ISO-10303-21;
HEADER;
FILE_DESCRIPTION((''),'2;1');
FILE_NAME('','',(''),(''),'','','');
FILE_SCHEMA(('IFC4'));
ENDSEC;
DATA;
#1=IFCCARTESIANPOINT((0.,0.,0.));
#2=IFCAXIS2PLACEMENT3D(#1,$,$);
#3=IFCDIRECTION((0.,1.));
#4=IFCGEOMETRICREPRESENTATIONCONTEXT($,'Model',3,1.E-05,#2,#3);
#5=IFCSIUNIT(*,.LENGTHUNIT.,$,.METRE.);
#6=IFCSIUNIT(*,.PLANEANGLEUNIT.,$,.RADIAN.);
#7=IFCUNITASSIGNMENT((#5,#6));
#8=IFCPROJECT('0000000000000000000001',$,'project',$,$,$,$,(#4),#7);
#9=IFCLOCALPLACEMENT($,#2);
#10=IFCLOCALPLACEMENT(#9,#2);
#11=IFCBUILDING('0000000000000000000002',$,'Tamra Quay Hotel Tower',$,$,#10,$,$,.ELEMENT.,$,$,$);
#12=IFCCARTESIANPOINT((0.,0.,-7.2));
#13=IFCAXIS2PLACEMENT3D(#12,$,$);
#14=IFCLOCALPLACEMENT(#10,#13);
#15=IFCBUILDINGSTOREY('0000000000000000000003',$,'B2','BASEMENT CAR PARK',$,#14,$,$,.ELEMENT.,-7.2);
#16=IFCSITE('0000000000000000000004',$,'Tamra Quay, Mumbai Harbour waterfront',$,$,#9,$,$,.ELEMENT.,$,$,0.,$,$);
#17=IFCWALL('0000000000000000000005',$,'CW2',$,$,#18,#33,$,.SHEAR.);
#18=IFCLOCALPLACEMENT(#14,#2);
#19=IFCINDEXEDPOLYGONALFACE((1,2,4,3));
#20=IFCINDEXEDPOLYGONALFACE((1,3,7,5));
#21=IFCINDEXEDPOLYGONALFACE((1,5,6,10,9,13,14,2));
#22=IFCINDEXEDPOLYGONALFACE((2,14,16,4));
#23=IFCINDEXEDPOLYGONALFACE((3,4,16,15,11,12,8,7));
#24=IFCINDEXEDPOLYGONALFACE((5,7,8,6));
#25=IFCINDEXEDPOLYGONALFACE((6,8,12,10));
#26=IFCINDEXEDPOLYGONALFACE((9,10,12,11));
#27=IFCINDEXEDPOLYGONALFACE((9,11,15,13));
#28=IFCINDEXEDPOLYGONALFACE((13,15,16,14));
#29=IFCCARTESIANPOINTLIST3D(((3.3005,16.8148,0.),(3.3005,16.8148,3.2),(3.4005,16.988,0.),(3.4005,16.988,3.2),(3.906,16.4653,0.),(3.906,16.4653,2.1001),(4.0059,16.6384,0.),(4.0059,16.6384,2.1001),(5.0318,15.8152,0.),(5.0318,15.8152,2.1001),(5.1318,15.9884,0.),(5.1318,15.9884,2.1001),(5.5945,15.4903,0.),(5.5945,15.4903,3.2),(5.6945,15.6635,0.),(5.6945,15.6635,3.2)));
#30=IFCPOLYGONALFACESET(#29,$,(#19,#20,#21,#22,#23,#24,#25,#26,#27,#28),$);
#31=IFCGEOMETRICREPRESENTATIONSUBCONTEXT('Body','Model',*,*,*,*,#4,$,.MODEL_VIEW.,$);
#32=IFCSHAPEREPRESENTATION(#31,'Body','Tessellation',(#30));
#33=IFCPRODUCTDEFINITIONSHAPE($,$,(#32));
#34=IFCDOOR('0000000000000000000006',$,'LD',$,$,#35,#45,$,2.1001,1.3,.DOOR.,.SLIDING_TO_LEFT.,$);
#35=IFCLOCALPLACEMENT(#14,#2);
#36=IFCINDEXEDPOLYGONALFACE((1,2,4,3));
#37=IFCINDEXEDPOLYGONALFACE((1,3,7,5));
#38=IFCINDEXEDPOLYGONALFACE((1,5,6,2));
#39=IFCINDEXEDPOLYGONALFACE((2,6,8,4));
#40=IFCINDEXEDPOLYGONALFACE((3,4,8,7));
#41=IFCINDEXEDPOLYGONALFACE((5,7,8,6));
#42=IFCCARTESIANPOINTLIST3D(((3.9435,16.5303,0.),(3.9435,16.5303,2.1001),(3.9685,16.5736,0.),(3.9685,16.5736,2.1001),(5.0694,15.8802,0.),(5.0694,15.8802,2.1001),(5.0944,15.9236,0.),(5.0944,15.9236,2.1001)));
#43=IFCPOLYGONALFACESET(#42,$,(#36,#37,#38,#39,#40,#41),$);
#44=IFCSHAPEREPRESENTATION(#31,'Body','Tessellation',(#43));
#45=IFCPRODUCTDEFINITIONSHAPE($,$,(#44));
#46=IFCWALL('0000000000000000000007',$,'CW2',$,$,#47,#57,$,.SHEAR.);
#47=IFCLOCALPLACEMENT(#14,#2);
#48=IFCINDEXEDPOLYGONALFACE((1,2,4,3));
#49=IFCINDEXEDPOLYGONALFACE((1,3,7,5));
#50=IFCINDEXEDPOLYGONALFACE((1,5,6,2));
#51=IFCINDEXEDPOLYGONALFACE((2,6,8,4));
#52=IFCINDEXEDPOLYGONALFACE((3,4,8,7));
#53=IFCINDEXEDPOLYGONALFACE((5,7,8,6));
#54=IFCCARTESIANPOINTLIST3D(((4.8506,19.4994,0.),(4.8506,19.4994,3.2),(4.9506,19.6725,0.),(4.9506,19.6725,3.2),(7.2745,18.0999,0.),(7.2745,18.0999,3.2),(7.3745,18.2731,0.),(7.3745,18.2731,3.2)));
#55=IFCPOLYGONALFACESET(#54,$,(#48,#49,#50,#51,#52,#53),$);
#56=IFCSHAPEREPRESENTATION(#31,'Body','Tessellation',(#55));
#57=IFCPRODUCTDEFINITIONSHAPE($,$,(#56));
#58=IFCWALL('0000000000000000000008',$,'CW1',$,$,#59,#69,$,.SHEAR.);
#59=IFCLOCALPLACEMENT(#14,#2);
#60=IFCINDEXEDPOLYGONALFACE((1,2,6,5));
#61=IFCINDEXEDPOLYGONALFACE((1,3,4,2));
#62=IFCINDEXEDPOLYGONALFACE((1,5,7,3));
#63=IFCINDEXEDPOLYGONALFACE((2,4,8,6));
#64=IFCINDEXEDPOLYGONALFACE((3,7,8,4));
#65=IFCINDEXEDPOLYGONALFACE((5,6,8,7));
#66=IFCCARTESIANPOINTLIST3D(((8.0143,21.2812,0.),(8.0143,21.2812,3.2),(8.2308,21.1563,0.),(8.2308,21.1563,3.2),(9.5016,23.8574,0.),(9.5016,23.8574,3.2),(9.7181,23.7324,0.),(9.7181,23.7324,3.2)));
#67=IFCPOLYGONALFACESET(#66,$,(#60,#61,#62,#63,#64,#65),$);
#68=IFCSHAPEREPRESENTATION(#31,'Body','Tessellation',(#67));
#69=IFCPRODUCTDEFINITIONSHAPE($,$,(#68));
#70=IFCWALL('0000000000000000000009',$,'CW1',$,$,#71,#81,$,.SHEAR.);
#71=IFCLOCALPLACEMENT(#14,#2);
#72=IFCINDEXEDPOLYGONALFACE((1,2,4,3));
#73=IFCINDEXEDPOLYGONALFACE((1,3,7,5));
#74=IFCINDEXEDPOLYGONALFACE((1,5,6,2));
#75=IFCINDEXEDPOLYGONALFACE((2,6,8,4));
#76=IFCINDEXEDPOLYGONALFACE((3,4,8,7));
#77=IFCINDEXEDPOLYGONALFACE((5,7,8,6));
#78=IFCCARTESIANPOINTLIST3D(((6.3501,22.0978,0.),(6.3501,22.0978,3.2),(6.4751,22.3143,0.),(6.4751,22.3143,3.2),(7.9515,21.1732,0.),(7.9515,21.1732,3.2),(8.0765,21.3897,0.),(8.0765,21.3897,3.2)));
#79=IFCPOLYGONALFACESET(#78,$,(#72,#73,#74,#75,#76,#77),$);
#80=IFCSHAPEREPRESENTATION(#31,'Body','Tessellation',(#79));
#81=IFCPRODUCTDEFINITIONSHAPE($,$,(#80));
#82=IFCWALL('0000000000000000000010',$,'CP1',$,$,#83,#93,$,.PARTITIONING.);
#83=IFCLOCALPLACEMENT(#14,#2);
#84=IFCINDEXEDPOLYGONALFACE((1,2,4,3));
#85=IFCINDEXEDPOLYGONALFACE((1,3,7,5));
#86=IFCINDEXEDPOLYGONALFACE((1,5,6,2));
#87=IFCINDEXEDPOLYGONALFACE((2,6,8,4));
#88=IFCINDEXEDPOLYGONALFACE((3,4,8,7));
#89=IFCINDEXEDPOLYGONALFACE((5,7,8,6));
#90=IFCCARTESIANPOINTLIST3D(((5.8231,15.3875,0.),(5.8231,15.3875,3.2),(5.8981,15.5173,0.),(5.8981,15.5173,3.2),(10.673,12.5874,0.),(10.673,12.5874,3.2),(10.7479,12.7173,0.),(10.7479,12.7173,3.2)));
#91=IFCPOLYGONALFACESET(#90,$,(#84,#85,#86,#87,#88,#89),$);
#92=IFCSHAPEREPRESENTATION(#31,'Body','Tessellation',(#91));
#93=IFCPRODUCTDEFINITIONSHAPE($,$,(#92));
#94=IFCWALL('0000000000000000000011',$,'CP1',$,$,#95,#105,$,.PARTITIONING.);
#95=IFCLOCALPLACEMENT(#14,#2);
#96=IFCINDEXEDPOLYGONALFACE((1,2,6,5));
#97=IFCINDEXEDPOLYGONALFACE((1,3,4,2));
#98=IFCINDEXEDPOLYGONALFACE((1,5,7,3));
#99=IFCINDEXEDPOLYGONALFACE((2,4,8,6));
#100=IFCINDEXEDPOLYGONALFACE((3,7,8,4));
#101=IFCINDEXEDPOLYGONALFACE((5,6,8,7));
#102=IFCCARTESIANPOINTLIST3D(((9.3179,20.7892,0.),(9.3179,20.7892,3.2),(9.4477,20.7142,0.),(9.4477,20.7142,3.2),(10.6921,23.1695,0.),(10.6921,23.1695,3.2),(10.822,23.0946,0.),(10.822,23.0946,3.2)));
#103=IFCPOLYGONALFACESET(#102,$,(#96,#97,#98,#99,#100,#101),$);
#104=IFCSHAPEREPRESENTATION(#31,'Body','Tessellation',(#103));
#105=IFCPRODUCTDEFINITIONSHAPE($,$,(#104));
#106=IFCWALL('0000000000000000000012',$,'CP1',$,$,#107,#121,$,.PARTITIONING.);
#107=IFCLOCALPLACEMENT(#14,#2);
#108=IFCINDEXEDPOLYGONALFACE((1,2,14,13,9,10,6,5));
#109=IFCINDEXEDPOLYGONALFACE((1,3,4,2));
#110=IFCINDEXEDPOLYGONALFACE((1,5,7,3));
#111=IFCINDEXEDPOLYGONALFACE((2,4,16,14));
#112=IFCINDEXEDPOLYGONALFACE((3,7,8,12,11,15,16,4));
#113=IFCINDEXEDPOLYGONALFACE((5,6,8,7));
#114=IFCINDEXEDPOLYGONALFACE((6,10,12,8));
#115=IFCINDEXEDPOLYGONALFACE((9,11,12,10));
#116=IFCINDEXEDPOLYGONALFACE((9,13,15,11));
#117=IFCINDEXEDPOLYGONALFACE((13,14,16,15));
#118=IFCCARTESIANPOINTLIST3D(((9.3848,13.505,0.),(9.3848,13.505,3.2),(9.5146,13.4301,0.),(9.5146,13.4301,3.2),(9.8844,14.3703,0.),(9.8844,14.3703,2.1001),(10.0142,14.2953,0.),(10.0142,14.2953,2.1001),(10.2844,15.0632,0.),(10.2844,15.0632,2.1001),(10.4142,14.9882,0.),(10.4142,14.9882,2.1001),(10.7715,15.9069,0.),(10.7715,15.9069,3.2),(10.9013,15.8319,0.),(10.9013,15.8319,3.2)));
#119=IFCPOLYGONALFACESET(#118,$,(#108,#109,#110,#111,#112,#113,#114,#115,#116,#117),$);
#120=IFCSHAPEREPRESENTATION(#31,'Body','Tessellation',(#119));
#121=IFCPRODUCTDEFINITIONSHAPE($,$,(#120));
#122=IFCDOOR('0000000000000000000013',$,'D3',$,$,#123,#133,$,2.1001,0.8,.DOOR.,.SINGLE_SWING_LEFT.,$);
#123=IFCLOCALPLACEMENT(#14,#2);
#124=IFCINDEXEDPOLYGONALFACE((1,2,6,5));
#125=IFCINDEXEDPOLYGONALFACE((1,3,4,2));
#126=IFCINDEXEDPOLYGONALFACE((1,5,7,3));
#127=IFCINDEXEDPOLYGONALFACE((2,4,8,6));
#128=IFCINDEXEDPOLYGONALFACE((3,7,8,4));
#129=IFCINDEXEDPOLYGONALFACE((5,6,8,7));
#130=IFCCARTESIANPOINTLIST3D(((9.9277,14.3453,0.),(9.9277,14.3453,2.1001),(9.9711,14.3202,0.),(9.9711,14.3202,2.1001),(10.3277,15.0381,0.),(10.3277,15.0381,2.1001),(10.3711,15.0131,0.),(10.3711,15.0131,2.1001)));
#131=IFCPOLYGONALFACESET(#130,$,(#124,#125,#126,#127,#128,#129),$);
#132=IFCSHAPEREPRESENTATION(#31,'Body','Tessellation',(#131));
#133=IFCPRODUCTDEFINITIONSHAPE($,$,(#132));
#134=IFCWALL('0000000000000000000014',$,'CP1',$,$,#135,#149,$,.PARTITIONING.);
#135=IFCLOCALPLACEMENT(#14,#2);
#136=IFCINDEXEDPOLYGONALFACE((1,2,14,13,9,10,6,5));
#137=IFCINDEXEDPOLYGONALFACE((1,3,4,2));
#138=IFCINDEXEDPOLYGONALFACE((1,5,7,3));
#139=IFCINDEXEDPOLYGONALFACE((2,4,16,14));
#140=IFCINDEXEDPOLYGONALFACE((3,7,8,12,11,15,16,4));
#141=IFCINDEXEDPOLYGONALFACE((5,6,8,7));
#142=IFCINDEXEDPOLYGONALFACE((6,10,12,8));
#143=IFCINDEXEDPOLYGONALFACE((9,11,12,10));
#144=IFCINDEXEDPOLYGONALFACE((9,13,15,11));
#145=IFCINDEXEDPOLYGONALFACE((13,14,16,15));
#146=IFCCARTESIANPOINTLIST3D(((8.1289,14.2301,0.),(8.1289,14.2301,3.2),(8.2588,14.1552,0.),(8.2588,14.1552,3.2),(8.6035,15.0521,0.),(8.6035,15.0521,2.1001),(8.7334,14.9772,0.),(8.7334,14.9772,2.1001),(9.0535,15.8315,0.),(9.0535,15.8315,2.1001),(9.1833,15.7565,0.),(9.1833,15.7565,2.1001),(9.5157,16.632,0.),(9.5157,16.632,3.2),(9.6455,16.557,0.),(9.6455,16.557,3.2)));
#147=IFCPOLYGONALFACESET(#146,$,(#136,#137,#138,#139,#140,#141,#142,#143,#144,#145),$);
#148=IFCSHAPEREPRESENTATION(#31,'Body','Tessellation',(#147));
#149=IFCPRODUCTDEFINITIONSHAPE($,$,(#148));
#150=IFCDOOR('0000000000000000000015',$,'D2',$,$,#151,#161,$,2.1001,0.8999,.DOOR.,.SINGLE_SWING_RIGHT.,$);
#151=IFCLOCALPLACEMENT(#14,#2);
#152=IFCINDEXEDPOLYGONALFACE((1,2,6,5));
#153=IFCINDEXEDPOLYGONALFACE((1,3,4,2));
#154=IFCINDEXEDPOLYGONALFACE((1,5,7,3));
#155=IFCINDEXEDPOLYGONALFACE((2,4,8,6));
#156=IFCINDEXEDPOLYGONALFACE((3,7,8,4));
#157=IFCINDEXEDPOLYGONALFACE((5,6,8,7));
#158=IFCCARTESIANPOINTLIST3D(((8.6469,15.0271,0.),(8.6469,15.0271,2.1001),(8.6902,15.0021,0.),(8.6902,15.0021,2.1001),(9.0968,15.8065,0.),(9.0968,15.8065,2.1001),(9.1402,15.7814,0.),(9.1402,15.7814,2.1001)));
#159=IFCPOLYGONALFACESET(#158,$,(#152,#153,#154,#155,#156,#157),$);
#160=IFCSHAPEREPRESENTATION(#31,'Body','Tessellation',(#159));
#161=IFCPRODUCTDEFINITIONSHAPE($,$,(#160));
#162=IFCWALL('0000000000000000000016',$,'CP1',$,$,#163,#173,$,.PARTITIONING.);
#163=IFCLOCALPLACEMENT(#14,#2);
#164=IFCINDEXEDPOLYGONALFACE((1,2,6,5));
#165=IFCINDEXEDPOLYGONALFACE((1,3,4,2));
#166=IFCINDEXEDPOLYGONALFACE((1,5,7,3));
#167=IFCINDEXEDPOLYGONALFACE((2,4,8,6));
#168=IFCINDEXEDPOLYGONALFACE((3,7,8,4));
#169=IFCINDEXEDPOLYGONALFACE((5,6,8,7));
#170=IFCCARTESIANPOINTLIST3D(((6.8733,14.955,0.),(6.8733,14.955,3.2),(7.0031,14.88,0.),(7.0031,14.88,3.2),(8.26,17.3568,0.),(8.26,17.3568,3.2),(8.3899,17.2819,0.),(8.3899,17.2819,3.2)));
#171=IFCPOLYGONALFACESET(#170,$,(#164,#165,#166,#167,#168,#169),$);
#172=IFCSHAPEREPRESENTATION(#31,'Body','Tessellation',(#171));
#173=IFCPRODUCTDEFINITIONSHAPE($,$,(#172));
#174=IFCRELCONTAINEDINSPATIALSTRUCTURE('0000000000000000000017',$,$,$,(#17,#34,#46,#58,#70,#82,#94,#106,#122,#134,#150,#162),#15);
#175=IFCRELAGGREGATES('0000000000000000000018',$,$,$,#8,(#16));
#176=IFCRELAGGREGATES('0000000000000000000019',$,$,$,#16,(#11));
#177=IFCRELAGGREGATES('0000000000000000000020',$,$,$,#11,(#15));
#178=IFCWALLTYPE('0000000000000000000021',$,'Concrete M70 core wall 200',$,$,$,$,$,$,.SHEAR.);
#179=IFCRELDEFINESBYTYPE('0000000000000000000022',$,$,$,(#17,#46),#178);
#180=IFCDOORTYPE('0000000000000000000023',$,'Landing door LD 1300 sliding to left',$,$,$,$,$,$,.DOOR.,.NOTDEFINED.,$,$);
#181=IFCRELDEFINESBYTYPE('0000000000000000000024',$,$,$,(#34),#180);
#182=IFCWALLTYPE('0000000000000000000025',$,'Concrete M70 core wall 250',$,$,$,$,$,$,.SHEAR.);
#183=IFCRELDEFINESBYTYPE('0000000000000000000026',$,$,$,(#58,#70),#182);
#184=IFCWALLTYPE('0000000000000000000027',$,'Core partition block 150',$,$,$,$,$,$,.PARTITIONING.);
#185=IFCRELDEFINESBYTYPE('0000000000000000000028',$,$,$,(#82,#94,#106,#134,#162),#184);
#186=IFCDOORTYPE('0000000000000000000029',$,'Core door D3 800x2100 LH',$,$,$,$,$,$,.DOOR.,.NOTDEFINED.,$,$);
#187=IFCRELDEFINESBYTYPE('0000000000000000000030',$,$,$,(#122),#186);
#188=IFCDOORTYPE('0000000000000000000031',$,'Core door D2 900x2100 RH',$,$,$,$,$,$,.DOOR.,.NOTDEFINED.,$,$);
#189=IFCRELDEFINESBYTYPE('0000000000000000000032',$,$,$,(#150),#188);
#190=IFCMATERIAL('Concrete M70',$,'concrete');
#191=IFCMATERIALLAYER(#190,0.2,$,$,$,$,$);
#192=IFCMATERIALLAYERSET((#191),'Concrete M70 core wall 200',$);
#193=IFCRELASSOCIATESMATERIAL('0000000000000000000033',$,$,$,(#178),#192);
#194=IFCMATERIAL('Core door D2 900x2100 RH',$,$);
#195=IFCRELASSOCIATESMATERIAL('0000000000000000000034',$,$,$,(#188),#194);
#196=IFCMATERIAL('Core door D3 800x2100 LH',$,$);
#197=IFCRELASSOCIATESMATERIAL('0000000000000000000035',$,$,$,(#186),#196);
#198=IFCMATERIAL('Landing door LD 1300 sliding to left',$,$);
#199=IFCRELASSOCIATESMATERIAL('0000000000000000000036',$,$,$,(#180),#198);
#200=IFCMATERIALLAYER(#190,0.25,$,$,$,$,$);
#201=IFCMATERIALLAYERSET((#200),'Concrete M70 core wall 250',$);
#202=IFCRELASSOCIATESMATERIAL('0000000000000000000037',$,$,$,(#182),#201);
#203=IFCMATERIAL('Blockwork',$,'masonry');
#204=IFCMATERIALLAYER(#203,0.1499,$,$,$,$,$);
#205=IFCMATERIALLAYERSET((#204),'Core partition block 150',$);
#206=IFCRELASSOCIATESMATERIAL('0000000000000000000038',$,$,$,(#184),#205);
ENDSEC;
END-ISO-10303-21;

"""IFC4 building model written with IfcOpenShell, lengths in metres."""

from ifc_helpers import new_model, si_unit, direction, frame, frame_2d, origin, place, context, subcontext, project, spatial, rectangle, extrude, material, layer, layer_set, type_object, element, fill, save


model = new_model("IFC4")

# Units and contexts
model_context = context("Model", 3, precision=1e-05, world=origin(), true_north=direction((0.0, 1.0)))
body_context = subcontext(model_context, "Body", "Model", "MODEL_VIEW")
ifc_project = project(units=[si_unit("LENGTHUNIT", "METRE"), si_unit("PLANEANGLEUNIT", "RADIAN")], contexts=[model_context])

# Site, building, storey
site_placement = place(None, origin())
site = spatial("IfcSite", under=ifc_project, at=site_placement, Name="Tamra Quay, Mumbai Harbour waterfront", CompositionType="ELEMENT", RefElevation=0.0)
building_placement = place(site_placement, origin())
building = spatial("IfcBuilding", under=site, at=building_placement, Name="Tamra Quay Hotel Tower", CompositionType="ELEMENT")
storey_placement = place(building_placement, frame((0.0, 0.0, -7.2)))
storey = spatial("IfcBuildingStorey", under=building, at=storey_placement, Name="B2", Description="BASEMENT CAR PARK", CompositionType="ELEMENT", Elevation=-7.2)

# Shared definitions
ifc_material_1 = material(Name="Blockwork", Category="masonry")

# Shared definitions
ifc_material_2 = material(Name="Concrete M70", Category="concrete")
ifc_layer_1 = layer(ifc_material_2, 0.2)
ifc_layer_set_1 = layer_set([ifc_layer_1], Name="Concrete M70 core wall 200")
wall_type_1 = type_object("IfcWallType", Name="Concrete M70 core wall 200", PredefinedType="SHEAR", material=ifc_layer_set_1)
ifc_material_3 = material(Name="Core door D2 900x2100 RH")
door_type_1 = type_object("IfcDoorType", Name="Core door D2 900x2100 RH", OperationType="NOTDEFINED", PredefinedType="DOOR", material=ifc_material_3)
ifc_material_4 = material(Name="Core door D3 800x2100 LH")
door_type_2 = type_object("IfcDoorType", Name="Core door D3 800x2100 LH", OperationType="NOTDEFINED", PredefinedType="DOOR", material=ifc_material_4)

# Wall, opening, door
wall_1_placement = place(storey_placement, frame((5.6445, 15.5769, 0.0), z_axis=(0.0, 0.0, 1.0), x_axis=(-0.866017, 0.500015, 0.0)))
wall_1 = element("IfcWall", 1, at=wall_1_placement, inside=storey, type_object=wall_type_1, Name="CW2", PredefinedType="SHEAR", context=body_context, shape_type="SweptSolid", body=[
    extrude(rectangle(XDim=2.6489, YDim=0.2, at=frame_2d((1.3245, 0.0))), origin(), (0.0, 0.0, 1.0), 3.2),
])
opening_1_placement = place(wall_1_placement, frame((0.6499, 0.0, 0.0)))
opening_1 = element("IfcOpeningElement", 2, at=opening_1_placement, cuts=wall_1, PredefinedType="OPENING", context=body_context, shape_type="SweptSolid", body=[
    extrude(rectangle(XDim=1.3, YDim=2.1001, at=frame_2d((0.6499, 1.05))), frame((0.0, 0.1099, 0.0), z_axis=(0.0, -1.0, 0.0), x_axis=(1.0, 0.0, 0.0)), (0.0, 0.0, 1.0), 0.22),
])
ifc_material_5 = material(Name="Landing door LD 1300 sliding to left")
door_type_3 = type_object("IfcDoorType", Name="Landing door LD 1300 sliding to left", OperationType="NOTDEFINED", PredefinedType="DOOR", material=ifc_material_5)
door_1_placement = place(opening_1_placement, origin())
door_1 = element("IfcDoor", 3, at=door_1_placement, inside=storey, type_object=door_type_3, Name="LD", OperationType="SLIDING_TO_LEFT", OverallHeight=2.1001, OverallWidth=1.3, PredefinedType="DOOR", context=body_context, shape_type="SweptSolid", body=[
    extrude(rectangle(XDim=1.3, YDim=2.1001, at=frame_2d((0.6499, 1.05))), frame((0.0, 0.0249, 0.0), z_axis=(0.0, -1.0, 0.0), x_axis=(1.0, 0.0, 0.0)), (0.0, 0.0, 1.0), 0.05),
])
fill(opening_1, door_1)

# Walls
wall_2_placement = place(storey_placement, frame((4.9006, 19.5859, 0.0), z_axis=(0.0, 0.0, 1.0), x_axis=(0.866023, -0.500004, 0.0)))
element("IfcWall", 4, at=wall_2_placement, inside=storey, type_object=wall_type_1, Name="CW2", PredefinedType="SHEAR", context=body_context, shape_type="SweptSolid", body=[
    extrude(rectangle(XDim=2.7988, YDim=0.2, at=frame_2d((1.3994, 0.0))), origin(), (0.0, 0.0, 1.0), 3.2),
])
ifc_layer_2 = layer(ifc_material_2, 0.25)
ifc_layer_set_2 = layer_set([ifc_layer_2], Name="Concrete M70 core wall 250")
wall_type_2 = type_object("IfcWallType", Name="Concrete M70 core wall 250", PredefinedType="SHEAR", material=ifc_layer_set_2)
wall_3_placement = place(storey_placement, frame((8.1226, 21.2188, 0.0), z_axis=(0.0, 0.0, 1.0), x_axis=(0.499988, 0.866033, 0.0)))
element("IfcWall", 5, at=wall_3_placement, inside=storey, type_object=wall_type_2, Name="CW1", PredefinedType="SHEAR", context=body_context, shape_type="SweptSolid", body=[
    extrude(rectangle(XDim=2.9746, YDim=0.25, at=frame_2d((1.4873, 0.0))), origin(), (0.0, 0.0, 1.0), 3.2),
])
wall_4_placement = place(storey_placement, frame((6.4126, 22.2061, 0.0), z_axis=(0.0, 0.0, 1.0), x_axis=(0.866016, -0.500016, 0.0)))
element("IfcWall", 6, at=wall_4_placement, inside=storey, type_object=wall_type_2, Name="CW1", PredefinedType="SHEAR", context=body_context, shape_type="SweptSolid", body=[
    extrude(rectangle(XDim=1.8491, YDim=0.25, at=frame_2d((0.9246, 0.0))), origin(), (0.0, 0.0, 1.0), 3.2),
])
ifc_layer_3 = layer(ifc_material_1, 0.1499)
ifc_layer_set_3 = layer_set([ifc_layer_3], Name="Core partition block 150")
wall_type_3 = type_object("IfcWallType", Name="Core partition block 150", PredefinedType="PARTITIONING", material=ifc_layer_set_3)
wall_5_placement = place(storey_placement, frame((5.8606, 15.4524, 0.0), z_axis=(0.0, 0.0, 1.0), x_axis=(0.866027, -0.499998, 0.0)))
element("IfcWall", 7, at=wall_5_placement, inside=storey, type_object=wall_type_3, Name="CP1", PredefinedType="PARTITIONING", context=body_context, shape_type="SweptSolid", body=[
    extrude(rectangle(XDim=5.6001, YDim=0.1499, at=frame_2d((2.8, 0.0))), origin(), (0.0, 0.0, 1.0), 3.2),
])
wall_6_placement = place(storey_placement, frame((9.3828, 20.7517, 0.0), z_axis=(0.0, 0.0, 1.0), x_axis=(0.499989, 0.866032, 0.0)))
element("IfcWall", 8, at=wall_6_placement, inside=storey, type_object=wall_type_3, Name="CP1", PredefinedType="PARTITIONING", context=body_context, shape_type="SweptSolid", body=[
    extrude(rectangle(XDim=2.7485, YDim=0.1499, at=frame_2d((1.3743, 0.0))), origin(), (0.0, 0.0, 1.0), 3.2),
])

# Walls, openings, doors
wall_7_placement = place(storey_placement, frame((9.4497, 13.4675, 0.0), z_axis=(0.0, 0.0, 1.0), x_axis=(0.500002, 0.866024, 0.0)))
wall_7 = element("IfcWall", 9, at=wall_7_placement, inside=storey, type_object=wall_type_3, Name="CP1", PredefinedType="PARTITIONING", context=body_context, shape_type="SweptSolid", body=[
    extrude(rectangle(XDim=2.7734, YDim=0.1499, at=frame_2d((1.3867, 0.0))), origin(), (0.0, 0.0, 1.0), 3.2),
])
opening_2_placement = place(wall_7_placement, frame((0.9993, 0.0, 0.0)))
opening_2 = element("IfcOpeningElement", 10, at=opening_2_placement, cuts=wall_7, PredefinedType="OPENING", context=body_context, shape_type="SweptSolid", body=[
    extrude(rectangle(XDim=0.8, YDim=2.1001, at=frame_2d((0.3999, 1.05))), frame((0.0, 0.085, 0.0), z_axis=(0.0, -1.0, 0.0), x_axis=(1.0, 0.0, 0.0)), (0.0, 0.0, 1.0), 0.1699),
])
door_2_placement = place(opening_2_placement, origin())
door_2 = element("IfcDoor", 11, at=door_2_placement, inside=storey, type_object=door_type_2, Name="D3", OperationType="SINGLE_SWING_LEFT", OverallHeight=2.1001, OverallWidth=0.8, PredefinedType="DOOR", context=body_context, shape_type="SweptSolid", body=[
    extrude(rectangle(XDim=0.8, YDim=2.1001, at=frame_2d((0.3999, 1.05))), frame((0.0, 0.0249, 0.0), z_axis=(0.0, -1.0, 0.0), x_axis=(1.0, 0.0, 0.0)), (0.0, 0.0, 1.0), 0.05),
])
fill(opening_2, door_2)
wall_8_placement = place(storey_placement, frame((8.1938, 14.1926, 0.0), z_axis=(0.0, 0.0, 1.0), x_axis=(0.500002, 0.866024, 0.0)))
wall_8 = element("IfcWall", 12, at=wall_8_placement, inside=storey, type_object=wall_type_3, Name="CP1", PredefinedType="PARTITIONING", context=body_context, shape_type="SweptSolid", body=[
    extrude(rectangle(XDim=2.7734, YDim=0.1499, at=frame_2d((1.3867, 0.0))), origin(), (0.0, 0.0, 1.0), 3.2),
])
opening_3_placement = place(wall_8_placement, frame((0.9492, 0.0, 0.0)))
opening_3 = element("IfcOpeningElement", 13, at=opening_3_placement, cuts=wall_8, PredefinedType="OPENING", context=body_context, shape_type="SweptSolid", body=[
    extrude(rectangle(XDim=0.8999, YDim=2.1001, at=frame_2d((0.45, 1.05))), frame((0.0, 0.085, 0.0), z_axis=(0.0, -1.0, 0.0), x_axis=(1.0, 0.0, 0.0)), (0.0, 0.0, 1.0), 0.1699),
])
door_3_placement = place(opening_3_placement, origin())
door_3 = element("IfcDoor", 14, at=door_3_placement, inside=storey, type_object=door_type_1, Name="D2", OperationType="SINGLE_SWING_RIGHT", OverallHeight=2.1001, OverallWidth=0.8999, PredefinedType="DOOR", context=body_context, shape_type="SweptSolid", body=[
    extrude(rectangle(XDim=0.8999, YDim=2.1001, at=frame_2d((0.45, 1.05))), frame((0.0, 0.0249, 0.0), z_axis=(0.0, -1.0, 0.0), x_axis=(1.0, 0.0, 0.0)), (0.0, 0.0, 1.0), 0.05),
])
fill(opening_3, door_3)

# Wall
wall_9_placement = place(storey_placement, frame((6.9382, 14.9175, 0.0), z_axis=(0.0, 0.0, 1.0), x_axis=(0.500002, 0.866024, 0.0)))
element("IfcWall", 15, at=wall_9_placement, inside=storey, type_object=wall_type_3, Name="CP1", PredefinedType="PARTITIONING", context=body_context, shape_type="SweptSolid", body=[
    extrude(rectangle(XDim=2.7734, YDim=0.1499, at=frame_2d((1.3867, 0.0))), origin(), (0.0, 0.0, 1.0), 3.2),
])

save(model, "model.ifc")
